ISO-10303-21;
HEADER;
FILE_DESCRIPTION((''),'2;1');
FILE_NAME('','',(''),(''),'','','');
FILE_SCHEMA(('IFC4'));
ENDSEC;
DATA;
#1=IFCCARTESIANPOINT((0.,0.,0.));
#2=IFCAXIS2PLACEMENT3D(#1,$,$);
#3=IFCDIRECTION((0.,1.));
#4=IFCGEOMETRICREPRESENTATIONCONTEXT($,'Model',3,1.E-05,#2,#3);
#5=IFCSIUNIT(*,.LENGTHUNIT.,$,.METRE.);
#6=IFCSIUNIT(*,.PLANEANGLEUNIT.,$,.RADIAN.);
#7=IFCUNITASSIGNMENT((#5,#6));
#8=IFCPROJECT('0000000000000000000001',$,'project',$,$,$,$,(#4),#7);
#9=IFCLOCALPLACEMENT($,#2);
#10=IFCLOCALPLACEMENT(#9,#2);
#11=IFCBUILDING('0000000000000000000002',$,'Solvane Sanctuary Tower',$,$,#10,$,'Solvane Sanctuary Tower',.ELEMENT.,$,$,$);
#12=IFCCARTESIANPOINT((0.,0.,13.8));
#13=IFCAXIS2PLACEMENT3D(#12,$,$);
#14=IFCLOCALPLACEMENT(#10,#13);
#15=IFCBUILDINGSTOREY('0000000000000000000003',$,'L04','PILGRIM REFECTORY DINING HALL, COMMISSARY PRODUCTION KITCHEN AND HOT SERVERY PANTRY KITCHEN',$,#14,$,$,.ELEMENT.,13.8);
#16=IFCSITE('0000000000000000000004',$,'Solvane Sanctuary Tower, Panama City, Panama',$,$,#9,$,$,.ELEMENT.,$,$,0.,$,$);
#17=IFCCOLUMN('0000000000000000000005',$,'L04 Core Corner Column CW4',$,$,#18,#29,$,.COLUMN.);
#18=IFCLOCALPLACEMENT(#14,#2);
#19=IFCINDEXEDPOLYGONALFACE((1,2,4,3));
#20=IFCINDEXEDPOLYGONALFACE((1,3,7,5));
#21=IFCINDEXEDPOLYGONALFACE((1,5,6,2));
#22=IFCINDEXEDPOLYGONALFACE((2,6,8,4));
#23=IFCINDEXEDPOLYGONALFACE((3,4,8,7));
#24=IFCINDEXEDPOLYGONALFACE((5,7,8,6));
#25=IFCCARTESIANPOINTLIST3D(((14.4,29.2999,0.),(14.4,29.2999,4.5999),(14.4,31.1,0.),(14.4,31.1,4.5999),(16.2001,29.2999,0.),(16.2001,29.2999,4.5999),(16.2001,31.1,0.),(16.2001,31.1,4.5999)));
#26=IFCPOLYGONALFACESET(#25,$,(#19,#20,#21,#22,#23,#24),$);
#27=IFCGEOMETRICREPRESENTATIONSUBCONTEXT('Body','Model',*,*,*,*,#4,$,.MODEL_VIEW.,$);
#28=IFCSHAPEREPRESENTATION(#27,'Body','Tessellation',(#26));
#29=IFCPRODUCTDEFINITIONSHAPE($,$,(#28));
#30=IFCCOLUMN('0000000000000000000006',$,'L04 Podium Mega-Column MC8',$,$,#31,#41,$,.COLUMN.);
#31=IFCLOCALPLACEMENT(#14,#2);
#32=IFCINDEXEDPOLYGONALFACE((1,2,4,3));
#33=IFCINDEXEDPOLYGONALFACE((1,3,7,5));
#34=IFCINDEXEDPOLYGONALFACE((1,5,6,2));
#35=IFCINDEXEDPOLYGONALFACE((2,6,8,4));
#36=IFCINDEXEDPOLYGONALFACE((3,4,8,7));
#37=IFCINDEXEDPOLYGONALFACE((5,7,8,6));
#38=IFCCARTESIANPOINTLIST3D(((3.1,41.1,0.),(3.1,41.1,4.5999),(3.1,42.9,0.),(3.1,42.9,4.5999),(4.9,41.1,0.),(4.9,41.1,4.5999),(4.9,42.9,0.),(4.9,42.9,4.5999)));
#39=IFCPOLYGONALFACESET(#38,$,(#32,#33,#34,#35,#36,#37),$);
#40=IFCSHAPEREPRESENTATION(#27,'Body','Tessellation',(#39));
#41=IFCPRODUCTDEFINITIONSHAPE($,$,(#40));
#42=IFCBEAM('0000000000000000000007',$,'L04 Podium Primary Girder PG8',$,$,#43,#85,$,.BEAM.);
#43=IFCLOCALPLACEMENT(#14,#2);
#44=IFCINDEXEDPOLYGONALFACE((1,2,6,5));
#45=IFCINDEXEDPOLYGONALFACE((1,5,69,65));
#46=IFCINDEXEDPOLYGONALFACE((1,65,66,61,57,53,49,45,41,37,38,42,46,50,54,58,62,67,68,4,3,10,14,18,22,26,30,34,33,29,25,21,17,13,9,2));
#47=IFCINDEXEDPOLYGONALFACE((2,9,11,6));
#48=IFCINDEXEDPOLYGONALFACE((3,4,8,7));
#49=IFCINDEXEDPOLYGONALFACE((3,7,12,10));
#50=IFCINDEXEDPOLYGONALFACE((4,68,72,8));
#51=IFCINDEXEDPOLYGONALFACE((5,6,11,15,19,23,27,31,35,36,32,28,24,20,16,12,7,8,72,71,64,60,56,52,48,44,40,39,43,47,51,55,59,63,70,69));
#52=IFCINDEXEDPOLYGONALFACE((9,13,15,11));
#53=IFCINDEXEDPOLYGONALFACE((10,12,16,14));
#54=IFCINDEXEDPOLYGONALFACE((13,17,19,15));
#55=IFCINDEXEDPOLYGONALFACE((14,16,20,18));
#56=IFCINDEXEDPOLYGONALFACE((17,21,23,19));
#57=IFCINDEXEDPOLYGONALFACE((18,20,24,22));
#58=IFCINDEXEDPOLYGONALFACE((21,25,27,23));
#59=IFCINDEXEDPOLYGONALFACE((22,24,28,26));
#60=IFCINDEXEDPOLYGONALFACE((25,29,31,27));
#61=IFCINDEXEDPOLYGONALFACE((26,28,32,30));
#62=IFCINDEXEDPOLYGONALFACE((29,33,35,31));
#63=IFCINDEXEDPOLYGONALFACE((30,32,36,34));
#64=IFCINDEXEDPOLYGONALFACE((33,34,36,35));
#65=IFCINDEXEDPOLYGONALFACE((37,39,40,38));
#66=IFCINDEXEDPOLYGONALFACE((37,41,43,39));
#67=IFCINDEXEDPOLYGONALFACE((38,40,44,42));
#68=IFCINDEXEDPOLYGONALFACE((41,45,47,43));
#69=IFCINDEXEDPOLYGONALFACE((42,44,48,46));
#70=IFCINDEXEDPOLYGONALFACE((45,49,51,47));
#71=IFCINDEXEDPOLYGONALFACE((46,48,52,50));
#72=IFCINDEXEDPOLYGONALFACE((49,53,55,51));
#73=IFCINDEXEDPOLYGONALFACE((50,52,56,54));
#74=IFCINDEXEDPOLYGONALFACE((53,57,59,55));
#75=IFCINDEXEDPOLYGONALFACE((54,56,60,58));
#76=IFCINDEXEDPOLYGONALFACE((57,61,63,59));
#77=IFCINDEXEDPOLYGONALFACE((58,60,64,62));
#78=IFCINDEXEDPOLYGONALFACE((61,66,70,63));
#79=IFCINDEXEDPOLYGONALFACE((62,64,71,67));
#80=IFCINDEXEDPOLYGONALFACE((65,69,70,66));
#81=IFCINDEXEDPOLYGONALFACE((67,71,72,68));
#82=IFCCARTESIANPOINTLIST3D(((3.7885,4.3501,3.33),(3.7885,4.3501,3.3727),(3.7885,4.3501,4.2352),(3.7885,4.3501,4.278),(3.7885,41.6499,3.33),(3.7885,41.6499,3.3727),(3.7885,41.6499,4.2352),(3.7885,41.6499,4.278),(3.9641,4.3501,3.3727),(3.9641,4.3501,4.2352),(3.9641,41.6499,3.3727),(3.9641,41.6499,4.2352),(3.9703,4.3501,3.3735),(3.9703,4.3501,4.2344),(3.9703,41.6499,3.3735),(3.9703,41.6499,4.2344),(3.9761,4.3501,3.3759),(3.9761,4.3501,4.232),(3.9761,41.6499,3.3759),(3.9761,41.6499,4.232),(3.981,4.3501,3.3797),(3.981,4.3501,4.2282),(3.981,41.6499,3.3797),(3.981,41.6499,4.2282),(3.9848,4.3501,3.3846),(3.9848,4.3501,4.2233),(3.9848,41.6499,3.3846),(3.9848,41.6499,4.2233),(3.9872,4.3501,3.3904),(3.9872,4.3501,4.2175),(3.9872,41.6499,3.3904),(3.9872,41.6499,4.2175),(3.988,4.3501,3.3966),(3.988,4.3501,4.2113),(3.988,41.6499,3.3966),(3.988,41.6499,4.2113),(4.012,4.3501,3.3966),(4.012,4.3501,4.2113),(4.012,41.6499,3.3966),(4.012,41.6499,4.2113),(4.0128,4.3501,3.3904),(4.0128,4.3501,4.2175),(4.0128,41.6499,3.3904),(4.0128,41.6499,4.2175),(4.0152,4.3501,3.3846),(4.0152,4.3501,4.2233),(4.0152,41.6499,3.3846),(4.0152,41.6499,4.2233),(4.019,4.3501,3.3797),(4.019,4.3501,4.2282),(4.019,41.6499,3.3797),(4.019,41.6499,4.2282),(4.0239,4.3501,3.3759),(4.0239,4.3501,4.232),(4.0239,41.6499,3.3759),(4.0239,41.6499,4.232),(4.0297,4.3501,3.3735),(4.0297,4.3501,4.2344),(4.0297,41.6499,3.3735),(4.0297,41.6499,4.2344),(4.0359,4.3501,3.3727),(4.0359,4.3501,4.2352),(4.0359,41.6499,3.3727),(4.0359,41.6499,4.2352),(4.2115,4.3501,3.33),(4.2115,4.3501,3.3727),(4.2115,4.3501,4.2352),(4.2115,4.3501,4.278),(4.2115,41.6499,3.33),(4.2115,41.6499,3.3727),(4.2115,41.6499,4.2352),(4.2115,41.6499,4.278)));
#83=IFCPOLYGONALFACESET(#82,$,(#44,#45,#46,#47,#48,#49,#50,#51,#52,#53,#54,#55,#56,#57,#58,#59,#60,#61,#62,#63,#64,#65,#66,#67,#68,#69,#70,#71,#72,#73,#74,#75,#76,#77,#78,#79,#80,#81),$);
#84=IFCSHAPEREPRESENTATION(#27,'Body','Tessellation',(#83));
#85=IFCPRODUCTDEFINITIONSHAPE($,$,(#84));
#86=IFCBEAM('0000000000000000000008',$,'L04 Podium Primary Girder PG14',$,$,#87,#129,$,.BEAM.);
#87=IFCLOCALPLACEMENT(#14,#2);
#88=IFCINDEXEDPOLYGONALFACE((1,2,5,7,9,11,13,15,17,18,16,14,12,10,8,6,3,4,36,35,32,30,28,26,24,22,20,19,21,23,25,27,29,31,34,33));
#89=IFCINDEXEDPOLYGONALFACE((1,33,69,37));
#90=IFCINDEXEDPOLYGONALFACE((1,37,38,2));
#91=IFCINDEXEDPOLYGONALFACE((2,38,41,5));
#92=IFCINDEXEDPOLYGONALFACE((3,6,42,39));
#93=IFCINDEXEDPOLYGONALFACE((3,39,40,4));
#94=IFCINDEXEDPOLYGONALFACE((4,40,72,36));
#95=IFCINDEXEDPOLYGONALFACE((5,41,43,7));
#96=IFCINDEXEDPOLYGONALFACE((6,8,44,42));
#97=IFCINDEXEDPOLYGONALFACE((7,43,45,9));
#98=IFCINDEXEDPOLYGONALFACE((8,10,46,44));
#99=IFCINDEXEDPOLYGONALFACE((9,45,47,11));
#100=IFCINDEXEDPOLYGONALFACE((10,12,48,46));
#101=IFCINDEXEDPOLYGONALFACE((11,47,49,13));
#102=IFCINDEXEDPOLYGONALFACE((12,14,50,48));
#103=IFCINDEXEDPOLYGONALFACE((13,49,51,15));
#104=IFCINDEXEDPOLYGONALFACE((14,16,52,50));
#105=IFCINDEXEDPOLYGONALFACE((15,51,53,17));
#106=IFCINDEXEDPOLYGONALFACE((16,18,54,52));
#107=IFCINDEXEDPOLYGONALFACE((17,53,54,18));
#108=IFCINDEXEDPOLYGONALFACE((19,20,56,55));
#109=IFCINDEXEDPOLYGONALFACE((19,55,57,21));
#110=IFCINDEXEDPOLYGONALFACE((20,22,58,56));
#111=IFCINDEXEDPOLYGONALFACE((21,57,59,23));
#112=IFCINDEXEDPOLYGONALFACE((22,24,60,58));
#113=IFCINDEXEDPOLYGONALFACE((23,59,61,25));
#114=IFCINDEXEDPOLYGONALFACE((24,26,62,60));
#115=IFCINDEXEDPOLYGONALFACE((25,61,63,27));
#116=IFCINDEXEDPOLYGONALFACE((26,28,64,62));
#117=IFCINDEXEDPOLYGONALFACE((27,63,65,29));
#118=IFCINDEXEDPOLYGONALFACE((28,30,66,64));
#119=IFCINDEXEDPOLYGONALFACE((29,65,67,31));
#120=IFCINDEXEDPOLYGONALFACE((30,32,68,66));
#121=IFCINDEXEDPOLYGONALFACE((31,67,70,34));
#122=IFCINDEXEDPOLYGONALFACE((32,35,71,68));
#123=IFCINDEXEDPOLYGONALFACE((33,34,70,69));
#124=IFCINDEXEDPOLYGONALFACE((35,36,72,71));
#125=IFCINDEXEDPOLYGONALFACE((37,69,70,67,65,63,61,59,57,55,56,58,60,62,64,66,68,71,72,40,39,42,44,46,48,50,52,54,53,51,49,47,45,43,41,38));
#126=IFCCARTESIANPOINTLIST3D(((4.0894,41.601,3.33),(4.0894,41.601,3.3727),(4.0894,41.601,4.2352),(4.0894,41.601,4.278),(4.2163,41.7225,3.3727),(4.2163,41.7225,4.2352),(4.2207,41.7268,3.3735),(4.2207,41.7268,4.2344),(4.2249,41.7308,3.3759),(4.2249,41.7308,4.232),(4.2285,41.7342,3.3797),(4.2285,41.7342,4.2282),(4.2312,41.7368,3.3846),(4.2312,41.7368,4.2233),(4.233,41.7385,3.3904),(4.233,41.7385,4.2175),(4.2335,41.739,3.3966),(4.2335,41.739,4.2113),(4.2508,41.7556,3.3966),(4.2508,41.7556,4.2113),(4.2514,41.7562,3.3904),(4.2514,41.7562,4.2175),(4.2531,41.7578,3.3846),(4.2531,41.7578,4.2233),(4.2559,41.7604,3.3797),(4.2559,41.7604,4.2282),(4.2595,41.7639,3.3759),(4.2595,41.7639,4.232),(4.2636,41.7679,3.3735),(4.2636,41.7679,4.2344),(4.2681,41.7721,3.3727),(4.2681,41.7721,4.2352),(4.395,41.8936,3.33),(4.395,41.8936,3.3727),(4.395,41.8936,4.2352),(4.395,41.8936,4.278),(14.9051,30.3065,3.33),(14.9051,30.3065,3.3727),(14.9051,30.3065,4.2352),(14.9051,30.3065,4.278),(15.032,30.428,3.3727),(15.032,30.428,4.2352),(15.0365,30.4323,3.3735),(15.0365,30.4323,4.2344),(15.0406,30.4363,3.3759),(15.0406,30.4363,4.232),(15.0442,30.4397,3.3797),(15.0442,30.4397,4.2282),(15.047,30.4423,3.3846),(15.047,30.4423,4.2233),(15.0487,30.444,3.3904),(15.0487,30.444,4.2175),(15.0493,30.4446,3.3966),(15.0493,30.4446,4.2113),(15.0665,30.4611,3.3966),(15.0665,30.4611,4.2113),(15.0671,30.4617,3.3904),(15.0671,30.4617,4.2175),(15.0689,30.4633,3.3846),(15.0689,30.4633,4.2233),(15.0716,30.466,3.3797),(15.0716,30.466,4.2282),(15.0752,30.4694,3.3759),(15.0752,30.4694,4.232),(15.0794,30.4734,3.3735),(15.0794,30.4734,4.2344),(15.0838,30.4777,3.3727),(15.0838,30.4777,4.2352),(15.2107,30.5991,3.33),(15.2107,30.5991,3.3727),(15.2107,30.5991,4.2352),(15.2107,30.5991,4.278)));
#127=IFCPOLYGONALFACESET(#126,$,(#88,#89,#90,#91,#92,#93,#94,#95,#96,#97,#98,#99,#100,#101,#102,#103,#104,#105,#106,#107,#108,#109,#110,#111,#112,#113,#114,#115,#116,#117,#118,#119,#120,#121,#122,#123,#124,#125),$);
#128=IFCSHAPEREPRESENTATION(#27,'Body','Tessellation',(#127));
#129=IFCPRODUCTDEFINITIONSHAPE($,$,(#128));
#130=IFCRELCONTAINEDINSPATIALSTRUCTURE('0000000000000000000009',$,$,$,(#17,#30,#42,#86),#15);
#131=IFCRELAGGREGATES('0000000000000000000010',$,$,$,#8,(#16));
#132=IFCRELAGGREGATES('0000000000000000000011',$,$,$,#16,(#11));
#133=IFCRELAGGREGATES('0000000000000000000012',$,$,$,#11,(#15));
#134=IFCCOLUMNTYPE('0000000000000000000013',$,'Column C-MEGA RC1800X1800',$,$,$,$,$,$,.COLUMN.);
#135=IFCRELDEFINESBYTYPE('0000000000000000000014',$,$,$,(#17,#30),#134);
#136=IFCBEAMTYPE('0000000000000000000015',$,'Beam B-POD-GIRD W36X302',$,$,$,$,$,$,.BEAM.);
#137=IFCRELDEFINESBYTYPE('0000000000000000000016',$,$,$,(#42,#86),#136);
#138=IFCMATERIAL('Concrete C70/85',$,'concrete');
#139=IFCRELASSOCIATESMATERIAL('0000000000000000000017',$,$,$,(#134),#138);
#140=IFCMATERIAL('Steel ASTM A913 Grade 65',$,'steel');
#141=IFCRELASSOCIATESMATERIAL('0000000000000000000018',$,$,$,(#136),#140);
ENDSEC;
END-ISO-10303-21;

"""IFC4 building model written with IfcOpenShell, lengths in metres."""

from ifc_helpers import new_model, si_unit, direction, frame, origin, origin_2d, place, context, subcontext, project, spatial, rectangle, i_section, extrude, material, material_profile, profile_set, type_object, element, save


model = new_model("IFC4")

# Units and contexts
model_context = context("Model", 3, precision=1e-05, world=origin(), true_north=direction((0.0, 1.0)))
body_context = subcontext(model_context, "Body", "Model", "MODEL_VIEW")
ifc_project = project(units=[si_unit("LENGTHUNIT", "METRE"), si_unit("PLANEANGLEUNIT", "RADIAN")], contexts=[model_context])

# Site, building, storey
site_placement = place(None, origin())
site = spatial("IfcSite", under=ifc_project, at=site_placement, Name="Solvane Sanctuary Tower, Panama City, Panama", CompositionType="ELEMENT", RefElevation=0.0)
building_placement = place(site_placement, origin())
building = spatial("IfcBuilding", under=site, at=building_placement, Name="Solvane Sanctuary Tower", LongName="Solvane Sanctuary Tower", CompositionType="ELEMENT")
storey_placement = place(building_placement, frame((0.0, 0.0, 13.8)))
storey = spatial("IfcBuildingStorey", under=building, at=storey_placement, Name="L04", Description="PILGRIM REFECTORY DINING HALL, COMMISSARY PRODUCTION KITCHEN AND HOT SERVERY PANTRY KITCHEN", CompositionType="ELEMENT", Elevation=13.8)

# Columns
ifc_material_1 = material(Name="Concrete C70/85", Category="concrete")
ifc_material_profile_1 = material_profile(ifc_material_1, rectangle(XDim=1.8, YDim=1.8, at=origin_2d()), Name="RC1800X1800")
ifc_profile_set_1 = profile_set([ifc_material_profile_1], Name="Concrete C70/85")
column_type = type_object("IfcColumnType", Name="Column C-MEGA RC1800X1800", PredefinedType="COLUMN", material=ifc_profile_set_1)
for number, where, z_axis, x_axis, name in (
    (1, (15.3, 30.2, 0.0), (0.0, 0.0, 1.0), (1.0, 0.0, 0.0), "L04 Core Corner Column CW4"),
    (2, (4.0, 42.0, 0.0), (0.0, 0.0, 1.0), (1.0, 0.0, 0.0), "L04 Podium Mega-Column MC8"),
):
    element("IfcColumn", number, at=place(storey_placement, frame(where, z_axis=z_axis, x_axis=x_axis)), inside=storey, type_object=column_type, Name=name, PredefinedType="COLUMN", context=body_context, shape_type="SweptSolid", body=[
        extrude(rectangle(XDim=1.8, YDim=1.8, at=origin_2d()), origin(), (0.0, 0.0, 1.0), 4.5999),
    ])

# Beams
ifc_material_2 = material(Name="Steel ASTM A913 Grade 65", Category="steel")
ifc_material_profile_2 = material_profile(ifc_material_2, i_section(OverallWidth=0.4231, OverallDepth=0.948, WebThickness=0.0239, FlangeThickness=0.0427, FilletRadius=0.0239, at=origin_2d()), Name="W36X302")
ifc_profile_set_2 = profile_set([ifc_material_profile_2], Name="Steel ASTM A913 Grade 65")
beam_type = type_object("IfcBeamType", Name="Beam B-POD-GIRD W36X302", PredefinedType="BEAM", material=ifc_profile_set_2)
beam_1_placement = place(storey_placement, frame((4.0, 41.6499, 3.804), z_axis=(0.0, -1.0, 0.0), x_axis=(1.0, 0.0, 0.0)))
element("IfcBeam", 3, at=beam_1_placement, inside=storey, type_object=beam_type, Name="L04 Podium Primary Girder PG8", PredefinedType="BEAM", context=body_context, shape_type="SweptSolid", body=[
    extrude(i_section(OverallWidth=0.4231, OverallDepth=0.948, WebThickness=0.0239, FlangeThickness=0.0427, FilletRadius=0.0239, at=origin_2d()), origin(), (0.0, 0.0, 1.0), 37.2998),
])
beam_2_placement = place(storey_placement, frame((4.2422, 41.7473, 3.804), z_axis=(0.691633, -0.722249, 0.0), x_axis=(0.722249, 0.691633, 0.0)))
element("IfcBeam", 4, at=beam_2_placement, inside=storey, type_object=beam_type, Name="L04 Podium Primary Girder PG14", PredefinedType="BEAM", context=body_context, shape_type="SweptSolid", body=[
    extrude(i_section(OverallWidth=0.4231, OverallDepth=0.948, WebThickness=0.0239, FlangeThickness=0.0427, FilletRadius=0.0239, at=origin_2d()), origin(), (0.0, 0.0, 1.0), 15.6379),
])

save(model, "model.ifc")
